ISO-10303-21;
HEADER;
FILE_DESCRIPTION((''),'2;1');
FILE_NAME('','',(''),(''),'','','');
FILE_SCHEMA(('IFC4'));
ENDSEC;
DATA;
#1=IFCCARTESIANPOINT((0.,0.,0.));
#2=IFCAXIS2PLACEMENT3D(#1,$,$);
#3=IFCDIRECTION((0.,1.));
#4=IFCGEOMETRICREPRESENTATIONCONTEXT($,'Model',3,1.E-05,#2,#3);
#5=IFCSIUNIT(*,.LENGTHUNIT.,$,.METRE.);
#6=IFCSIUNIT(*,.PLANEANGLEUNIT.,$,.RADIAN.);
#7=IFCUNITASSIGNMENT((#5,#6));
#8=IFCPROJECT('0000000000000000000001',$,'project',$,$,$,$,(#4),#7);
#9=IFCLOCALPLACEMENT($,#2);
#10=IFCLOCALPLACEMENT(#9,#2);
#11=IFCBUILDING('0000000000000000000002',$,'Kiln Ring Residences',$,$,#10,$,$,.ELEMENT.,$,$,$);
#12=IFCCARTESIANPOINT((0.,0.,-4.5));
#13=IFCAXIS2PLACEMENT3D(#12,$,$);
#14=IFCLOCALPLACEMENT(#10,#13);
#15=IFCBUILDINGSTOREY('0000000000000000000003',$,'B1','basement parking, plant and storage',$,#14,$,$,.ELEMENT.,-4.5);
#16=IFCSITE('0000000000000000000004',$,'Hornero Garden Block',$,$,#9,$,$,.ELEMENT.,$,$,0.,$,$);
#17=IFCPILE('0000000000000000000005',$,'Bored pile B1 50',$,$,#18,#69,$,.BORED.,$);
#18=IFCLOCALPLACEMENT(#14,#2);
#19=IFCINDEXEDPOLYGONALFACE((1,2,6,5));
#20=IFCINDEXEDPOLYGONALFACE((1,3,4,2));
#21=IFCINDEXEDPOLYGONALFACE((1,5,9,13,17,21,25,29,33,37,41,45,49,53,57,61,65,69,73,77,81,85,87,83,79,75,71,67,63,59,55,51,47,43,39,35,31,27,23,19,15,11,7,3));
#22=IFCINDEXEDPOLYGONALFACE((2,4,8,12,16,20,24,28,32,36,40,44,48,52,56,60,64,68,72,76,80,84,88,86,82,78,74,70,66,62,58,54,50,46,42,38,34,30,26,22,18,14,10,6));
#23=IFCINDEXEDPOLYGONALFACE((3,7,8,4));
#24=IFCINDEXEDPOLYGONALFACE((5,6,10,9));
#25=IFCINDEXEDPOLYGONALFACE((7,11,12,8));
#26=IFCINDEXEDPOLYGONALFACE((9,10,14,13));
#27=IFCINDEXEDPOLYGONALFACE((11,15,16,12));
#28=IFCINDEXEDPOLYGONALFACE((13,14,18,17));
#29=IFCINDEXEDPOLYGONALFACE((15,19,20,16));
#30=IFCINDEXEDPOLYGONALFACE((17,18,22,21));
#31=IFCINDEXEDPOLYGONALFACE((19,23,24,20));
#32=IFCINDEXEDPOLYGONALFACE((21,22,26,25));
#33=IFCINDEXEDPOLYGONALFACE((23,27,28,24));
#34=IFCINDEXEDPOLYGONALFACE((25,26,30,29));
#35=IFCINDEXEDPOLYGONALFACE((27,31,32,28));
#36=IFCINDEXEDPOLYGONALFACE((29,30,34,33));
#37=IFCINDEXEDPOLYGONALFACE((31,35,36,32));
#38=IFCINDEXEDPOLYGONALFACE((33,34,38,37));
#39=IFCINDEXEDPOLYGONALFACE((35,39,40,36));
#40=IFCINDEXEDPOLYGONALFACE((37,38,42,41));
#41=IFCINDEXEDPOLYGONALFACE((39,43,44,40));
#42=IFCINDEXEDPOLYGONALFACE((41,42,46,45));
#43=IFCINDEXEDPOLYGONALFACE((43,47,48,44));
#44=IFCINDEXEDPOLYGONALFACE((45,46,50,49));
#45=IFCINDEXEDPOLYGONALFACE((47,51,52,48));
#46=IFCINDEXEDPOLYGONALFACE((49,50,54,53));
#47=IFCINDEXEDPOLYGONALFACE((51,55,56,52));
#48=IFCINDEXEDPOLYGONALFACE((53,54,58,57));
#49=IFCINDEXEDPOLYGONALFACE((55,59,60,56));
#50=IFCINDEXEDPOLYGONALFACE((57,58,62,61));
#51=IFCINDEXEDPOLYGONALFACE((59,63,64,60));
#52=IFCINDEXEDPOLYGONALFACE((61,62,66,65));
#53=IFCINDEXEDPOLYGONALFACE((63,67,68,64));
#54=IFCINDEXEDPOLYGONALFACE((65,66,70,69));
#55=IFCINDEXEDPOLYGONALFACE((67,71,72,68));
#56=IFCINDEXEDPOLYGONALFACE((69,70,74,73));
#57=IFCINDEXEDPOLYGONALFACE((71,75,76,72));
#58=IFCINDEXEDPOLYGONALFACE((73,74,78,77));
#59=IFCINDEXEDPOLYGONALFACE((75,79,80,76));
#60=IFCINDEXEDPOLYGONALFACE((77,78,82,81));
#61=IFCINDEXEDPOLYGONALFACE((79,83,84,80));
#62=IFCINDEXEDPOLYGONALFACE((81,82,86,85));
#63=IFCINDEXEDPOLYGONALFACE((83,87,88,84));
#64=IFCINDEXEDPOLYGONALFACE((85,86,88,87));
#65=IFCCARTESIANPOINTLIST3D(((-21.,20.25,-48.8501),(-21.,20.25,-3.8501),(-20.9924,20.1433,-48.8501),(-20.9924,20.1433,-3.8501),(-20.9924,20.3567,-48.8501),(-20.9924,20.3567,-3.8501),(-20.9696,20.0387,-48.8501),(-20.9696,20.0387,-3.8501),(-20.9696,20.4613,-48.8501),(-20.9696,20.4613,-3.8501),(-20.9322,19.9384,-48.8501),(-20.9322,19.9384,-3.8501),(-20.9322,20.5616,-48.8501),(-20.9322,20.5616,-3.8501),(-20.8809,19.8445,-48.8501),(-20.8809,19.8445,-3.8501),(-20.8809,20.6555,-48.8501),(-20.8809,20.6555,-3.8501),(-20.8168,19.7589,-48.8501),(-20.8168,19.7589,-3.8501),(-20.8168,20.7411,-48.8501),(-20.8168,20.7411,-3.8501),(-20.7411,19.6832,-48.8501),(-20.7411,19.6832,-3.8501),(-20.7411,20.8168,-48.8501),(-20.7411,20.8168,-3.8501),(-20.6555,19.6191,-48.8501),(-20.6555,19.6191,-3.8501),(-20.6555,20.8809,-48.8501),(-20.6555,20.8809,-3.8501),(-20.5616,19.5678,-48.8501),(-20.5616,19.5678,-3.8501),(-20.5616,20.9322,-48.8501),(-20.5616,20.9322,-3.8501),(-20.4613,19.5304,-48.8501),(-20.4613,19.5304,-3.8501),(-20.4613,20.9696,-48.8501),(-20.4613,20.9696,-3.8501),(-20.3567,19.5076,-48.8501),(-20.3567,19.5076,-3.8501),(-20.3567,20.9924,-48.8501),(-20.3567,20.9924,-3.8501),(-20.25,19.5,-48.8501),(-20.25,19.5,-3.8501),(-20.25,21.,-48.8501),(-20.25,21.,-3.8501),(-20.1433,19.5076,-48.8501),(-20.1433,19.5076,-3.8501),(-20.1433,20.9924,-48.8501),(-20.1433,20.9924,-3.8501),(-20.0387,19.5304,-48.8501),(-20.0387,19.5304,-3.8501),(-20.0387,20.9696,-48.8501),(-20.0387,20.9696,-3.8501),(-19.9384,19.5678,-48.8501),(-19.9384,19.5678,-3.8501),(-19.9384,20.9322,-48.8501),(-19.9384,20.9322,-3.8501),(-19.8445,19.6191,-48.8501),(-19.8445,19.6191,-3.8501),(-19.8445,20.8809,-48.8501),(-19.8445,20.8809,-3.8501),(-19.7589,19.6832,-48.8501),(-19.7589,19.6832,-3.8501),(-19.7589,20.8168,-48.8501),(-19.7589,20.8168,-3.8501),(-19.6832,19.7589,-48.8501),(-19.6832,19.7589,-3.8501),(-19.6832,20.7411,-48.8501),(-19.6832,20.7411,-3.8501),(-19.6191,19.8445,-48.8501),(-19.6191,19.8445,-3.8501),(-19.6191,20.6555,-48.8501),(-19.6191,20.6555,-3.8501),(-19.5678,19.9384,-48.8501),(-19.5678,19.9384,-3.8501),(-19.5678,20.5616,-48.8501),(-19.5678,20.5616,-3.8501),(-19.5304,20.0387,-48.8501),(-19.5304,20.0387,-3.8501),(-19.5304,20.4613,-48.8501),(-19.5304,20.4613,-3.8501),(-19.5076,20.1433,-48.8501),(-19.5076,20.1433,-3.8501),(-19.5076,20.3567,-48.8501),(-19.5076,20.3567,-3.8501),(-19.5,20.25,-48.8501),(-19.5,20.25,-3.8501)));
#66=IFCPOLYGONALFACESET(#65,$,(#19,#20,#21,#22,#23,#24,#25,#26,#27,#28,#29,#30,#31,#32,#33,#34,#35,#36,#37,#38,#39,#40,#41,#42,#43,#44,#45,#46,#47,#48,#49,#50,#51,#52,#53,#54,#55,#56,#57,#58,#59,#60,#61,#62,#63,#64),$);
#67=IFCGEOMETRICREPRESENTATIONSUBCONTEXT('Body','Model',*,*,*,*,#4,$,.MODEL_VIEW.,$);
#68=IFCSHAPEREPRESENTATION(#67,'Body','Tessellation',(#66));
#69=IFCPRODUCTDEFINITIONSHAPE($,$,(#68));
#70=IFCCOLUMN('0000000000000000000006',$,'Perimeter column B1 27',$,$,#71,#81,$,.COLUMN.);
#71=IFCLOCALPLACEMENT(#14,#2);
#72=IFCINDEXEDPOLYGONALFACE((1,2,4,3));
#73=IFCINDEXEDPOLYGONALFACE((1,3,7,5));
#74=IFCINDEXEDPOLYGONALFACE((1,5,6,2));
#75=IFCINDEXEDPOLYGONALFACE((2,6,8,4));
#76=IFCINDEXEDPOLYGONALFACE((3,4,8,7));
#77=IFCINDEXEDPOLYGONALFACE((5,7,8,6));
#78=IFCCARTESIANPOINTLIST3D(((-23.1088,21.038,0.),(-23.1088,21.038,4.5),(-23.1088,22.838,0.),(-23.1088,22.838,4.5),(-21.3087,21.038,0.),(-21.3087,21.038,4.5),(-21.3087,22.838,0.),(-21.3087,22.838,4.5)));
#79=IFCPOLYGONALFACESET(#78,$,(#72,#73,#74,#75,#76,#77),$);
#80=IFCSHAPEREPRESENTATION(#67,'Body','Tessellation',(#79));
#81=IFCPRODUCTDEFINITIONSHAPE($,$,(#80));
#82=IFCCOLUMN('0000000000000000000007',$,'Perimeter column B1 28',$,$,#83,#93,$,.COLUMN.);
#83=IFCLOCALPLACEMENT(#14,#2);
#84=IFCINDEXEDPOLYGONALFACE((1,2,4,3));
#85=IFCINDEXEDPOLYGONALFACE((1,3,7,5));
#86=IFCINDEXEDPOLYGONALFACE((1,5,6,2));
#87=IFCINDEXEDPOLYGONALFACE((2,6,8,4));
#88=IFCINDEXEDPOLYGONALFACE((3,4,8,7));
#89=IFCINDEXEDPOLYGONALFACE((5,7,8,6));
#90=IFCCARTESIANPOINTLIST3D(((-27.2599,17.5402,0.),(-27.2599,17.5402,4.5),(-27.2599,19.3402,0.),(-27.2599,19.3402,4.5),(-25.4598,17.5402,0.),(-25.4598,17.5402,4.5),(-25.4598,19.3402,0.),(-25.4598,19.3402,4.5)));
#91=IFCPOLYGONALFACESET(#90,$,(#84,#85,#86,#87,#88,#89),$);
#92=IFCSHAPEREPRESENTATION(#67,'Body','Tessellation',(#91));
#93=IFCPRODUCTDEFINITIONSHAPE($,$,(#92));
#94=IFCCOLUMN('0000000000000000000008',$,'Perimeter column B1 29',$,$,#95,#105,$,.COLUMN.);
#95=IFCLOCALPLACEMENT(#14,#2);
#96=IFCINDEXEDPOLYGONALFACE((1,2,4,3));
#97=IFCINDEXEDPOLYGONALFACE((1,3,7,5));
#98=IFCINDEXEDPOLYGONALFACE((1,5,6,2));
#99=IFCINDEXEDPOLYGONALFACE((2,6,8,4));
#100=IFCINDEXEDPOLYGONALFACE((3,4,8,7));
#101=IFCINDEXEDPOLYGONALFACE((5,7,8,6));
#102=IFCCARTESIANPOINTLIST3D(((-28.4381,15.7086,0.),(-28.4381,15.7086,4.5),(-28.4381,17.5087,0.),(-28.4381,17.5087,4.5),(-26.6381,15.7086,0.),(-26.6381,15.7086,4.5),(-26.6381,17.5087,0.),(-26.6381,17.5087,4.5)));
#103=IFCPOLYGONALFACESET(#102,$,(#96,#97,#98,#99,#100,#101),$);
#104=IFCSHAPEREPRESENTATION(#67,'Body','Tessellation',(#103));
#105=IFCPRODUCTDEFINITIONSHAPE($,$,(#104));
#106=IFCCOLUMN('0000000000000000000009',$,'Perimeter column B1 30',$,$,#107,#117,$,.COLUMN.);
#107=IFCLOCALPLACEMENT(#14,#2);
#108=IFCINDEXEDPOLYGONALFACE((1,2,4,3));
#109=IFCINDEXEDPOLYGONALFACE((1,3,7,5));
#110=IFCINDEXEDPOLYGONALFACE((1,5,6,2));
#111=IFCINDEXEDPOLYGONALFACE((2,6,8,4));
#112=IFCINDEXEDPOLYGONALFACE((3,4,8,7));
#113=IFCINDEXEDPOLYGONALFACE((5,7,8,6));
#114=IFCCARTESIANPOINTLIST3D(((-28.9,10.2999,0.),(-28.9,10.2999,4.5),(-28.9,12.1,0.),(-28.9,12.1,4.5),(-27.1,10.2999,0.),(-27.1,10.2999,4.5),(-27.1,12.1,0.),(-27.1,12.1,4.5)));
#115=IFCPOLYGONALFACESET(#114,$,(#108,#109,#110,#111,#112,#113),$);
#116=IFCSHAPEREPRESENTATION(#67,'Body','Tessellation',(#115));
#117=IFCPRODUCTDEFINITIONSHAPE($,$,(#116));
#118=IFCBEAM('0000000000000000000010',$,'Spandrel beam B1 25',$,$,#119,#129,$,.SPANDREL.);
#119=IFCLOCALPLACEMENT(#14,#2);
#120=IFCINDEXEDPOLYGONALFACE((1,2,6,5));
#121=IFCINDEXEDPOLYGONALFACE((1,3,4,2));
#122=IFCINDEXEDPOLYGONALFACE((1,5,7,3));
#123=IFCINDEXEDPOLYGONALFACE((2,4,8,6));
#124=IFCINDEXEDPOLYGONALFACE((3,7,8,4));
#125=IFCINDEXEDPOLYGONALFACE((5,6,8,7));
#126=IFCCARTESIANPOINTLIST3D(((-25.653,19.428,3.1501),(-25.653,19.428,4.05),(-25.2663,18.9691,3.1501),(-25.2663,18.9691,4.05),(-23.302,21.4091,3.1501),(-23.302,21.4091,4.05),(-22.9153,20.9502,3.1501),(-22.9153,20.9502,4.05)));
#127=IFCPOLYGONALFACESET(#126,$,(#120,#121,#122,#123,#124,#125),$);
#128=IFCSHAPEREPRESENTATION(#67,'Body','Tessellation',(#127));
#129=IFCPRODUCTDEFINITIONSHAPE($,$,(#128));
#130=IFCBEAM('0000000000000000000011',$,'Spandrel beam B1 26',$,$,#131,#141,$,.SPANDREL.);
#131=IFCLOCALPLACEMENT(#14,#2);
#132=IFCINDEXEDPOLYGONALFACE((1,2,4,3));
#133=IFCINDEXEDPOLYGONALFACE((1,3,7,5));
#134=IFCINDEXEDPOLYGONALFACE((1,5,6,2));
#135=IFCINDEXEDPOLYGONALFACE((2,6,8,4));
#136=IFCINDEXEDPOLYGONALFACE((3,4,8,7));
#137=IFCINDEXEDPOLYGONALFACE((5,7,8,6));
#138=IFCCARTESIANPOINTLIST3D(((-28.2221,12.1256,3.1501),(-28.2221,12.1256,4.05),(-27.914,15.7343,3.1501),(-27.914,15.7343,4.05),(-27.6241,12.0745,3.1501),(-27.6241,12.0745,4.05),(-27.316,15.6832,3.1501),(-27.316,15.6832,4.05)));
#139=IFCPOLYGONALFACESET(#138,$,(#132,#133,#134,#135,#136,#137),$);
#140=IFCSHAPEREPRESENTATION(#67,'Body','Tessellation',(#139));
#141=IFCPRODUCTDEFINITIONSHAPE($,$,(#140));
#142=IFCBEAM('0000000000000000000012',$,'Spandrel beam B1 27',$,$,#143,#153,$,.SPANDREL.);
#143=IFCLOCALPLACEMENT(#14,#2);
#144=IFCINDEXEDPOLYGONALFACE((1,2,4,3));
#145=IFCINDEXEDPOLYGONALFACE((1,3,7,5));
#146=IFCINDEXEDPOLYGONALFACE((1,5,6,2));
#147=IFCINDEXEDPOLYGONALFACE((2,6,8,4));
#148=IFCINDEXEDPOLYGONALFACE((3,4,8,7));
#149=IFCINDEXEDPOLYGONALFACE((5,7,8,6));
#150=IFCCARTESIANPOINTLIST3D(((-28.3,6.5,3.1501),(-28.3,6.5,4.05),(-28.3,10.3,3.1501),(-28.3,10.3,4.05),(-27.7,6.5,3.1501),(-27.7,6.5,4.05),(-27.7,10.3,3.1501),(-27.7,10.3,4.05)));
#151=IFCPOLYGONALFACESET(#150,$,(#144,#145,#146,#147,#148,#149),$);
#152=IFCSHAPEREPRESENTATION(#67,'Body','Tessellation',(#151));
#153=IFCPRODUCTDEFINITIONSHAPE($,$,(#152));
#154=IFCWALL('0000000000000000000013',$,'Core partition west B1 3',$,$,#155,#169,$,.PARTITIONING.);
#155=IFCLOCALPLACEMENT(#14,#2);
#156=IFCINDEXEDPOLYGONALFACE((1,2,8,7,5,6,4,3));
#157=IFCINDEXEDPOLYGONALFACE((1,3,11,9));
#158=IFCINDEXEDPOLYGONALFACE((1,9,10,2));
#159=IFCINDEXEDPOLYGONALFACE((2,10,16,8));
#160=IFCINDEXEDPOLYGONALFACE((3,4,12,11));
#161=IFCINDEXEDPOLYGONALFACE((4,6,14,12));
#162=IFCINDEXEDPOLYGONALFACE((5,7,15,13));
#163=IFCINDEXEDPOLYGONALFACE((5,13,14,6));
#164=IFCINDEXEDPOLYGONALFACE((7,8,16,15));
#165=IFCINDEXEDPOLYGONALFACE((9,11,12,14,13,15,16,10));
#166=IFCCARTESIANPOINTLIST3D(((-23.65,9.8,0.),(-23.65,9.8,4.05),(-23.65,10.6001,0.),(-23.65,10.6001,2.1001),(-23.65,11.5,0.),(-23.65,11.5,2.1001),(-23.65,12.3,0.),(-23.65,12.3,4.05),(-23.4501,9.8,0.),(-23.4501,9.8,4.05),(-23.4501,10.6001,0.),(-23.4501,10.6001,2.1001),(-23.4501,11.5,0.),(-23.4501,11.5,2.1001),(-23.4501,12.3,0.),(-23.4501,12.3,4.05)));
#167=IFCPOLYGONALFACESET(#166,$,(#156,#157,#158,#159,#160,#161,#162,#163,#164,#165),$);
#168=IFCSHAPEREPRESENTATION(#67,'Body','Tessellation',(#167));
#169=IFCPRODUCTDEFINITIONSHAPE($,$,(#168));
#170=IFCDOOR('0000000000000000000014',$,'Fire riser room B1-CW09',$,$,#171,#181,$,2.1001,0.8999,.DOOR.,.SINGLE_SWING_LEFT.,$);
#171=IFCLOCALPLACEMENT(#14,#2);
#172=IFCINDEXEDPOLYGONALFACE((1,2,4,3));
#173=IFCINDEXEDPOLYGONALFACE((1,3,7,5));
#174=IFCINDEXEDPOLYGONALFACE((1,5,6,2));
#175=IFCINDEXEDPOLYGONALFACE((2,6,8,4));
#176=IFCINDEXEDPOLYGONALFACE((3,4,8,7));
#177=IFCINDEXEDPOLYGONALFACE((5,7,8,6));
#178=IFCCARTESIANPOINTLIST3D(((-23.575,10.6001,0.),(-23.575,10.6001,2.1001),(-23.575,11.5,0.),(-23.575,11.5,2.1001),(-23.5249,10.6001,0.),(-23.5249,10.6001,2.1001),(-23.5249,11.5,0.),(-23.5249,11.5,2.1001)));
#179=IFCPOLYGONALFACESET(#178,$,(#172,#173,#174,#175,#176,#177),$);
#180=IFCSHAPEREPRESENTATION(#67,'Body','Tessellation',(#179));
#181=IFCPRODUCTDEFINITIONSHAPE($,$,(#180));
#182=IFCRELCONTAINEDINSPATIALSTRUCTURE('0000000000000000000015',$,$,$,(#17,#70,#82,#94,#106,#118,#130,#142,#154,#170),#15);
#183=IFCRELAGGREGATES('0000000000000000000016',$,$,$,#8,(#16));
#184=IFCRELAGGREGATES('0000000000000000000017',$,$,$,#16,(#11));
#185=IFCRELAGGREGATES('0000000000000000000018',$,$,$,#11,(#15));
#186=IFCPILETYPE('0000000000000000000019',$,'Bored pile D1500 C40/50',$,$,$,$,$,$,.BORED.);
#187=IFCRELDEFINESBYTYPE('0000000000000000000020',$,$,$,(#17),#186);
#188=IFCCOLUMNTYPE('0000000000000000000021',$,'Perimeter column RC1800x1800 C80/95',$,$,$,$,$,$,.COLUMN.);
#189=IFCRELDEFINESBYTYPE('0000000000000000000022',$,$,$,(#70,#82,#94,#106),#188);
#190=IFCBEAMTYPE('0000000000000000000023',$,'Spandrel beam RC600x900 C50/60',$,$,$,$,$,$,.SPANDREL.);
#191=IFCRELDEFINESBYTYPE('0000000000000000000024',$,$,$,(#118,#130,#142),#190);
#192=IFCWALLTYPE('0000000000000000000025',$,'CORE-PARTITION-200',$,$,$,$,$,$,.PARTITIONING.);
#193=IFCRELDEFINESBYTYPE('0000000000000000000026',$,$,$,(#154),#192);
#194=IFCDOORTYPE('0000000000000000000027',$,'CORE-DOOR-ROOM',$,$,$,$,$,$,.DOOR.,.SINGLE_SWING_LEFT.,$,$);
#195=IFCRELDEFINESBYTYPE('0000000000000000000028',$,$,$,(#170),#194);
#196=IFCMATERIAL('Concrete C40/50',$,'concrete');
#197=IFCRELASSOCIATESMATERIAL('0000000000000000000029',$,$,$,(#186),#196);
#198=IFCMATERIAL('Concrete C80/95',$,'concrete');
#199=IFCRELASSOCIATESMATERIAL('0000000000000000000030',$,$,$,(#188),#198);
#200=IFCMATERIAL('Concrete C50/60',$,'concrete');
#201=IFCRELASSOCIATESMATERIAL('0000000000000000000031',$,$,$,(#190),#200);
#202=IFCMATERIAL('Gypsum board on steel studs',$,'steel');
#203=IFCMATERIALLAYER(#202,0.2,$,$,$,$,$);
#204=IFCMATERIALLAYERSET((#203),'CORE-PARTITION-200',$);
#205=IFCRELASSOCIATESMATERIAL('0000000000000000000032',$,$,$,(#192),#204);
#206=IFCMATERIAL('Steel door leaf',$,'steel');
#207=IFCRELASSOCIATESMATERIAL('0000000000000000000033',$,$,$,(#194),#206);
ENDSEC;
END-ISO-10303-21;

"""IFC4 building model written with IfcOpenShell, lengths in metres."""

from ifc_helpers import new_model, si_unit, direction, frame, frame_2d, origin, origin_2d, place, context, subcontext, project, spatial, rectangle, circle, extrude, material, layer, layer_set, material_profile, profile_set, type_object, element, fill, save


model = new_model("IFC4")

# Units and contexts
model_context = context("Model", 3, precision=1e-05, world=origin(), true_north=direction((0.0, 1.0)))
body_context = subcontext(model_context, "Body", "Model", "MODEL_VIEW")
ifc_project = project(units=[si_unit("LENGTHUNIT", "METRE"), si_unit("PLANEANGLEUNIT", "RADIAN")], contexts=[model_context])

# Site, building, storey
site_placement = place(None, origin())
site = spatial("IfcSite", under=ifc_project, at=site_placement, Name="Hornero Garden Block", CompositionType="ELEMENT", RefElevation=0.0)
building_placement = place(site_placement, origin())
building = spatial("IfcBuilding", under=site, at=building_placement, Name="Kiln Ring Residences", CompositionType="ELEMENT")
storey_placement = place(building_placement, frame((0.0, 0.0, -4.5)))
storey = spatial("IfcBuildingStorey", under=building, at=storey_placement, Name="B1", Description="basement parking, plant and storage", CompositionType="ELEMENT", Elevation=-4.5)

# Pile
ifc_material_1 = material(Name="Concrete C40/50", Category="concrete")
ifc_material_profile_1 = material_profile(ifc_material_1, circle(Radius=0.75, at=origin_2d()), Name="BORED1500")
ifc_profile_set_1 = profile_set([ifc_material_profile_1], Name="Concrete C40/50")
pile_type = type_object("IfcPileType", Name="Bored pile D1500 C40/50", PredefinedType="BORED", material=ifc_profile_set_1)
for number, where, z_axis, x_axis, name in (
    (1, (-20.25, 20.25, -3.8501), (0.0, 0.0, -1.0), (1.0, 0.0, 0.0), "Bored pile B1 50"),
):
    element("IfcPile", number, at=place(storey_placement, frame(where, z_axis=z_axis, x_axis=x_axis)), inside=storey, type_object=pile_type, Name=name, PredefinedType="BORED", context=body_context, shape_type="SweptSolid", body=[
        extrude(circle(Radius=0.75, at=origin_2d()), origin(), (0.0, 0.0, 1.0), 45.0),
    ])

# Columns
ifc_material_2 = material(Name="Concrete C80/95", Category="concrete")
ifc_material_profile_2 = material_profile(ifc_material_2, rectangle(XDim=1.8, YDim=1.8, at=origin_2d()), Name="RC1800x1800")
ifc_profile_set_2 = profile_set([ifc_material_profile_2], Name="Concrete C80/95")
column_type = type_object("IfcColumnType", Name="Perimeter column RC1800x1800 C80/95", PredefinedType="COLUMN", material=ifc_profile_set_2)
for number, where, z_axis, x_axis, name in (
    (2, (-22.2087, 21.938, 0.0), (0.0, 0.0, 1.0), (1.0, 0.0, 0.0), "Perimeter column B1 27"),
    (3, (-26.3599, 18.4402, 0.0), (0.0, 0.0, 1.0), (1.0, 0.0, 0.0), "Perimeter column B1 28"),
    (4, (-27.5381, 16.6086, 0.0), (0.0, 0.0, 1.0), (1.0, 0.0, 0.0), "Perimeter column B1 29"),
    (5, (-28.0, 11.2, 0.0), (0.0, 0.0, 1.0), (1.0, 0.0, 0.0), "Perimeter column B1 30"),
):
    element("IfcColumn", number, at=place(storey_placement, frame(where, z_axis=z_axis, x_axis=x_axis)), inside=storey, type_object=column_type, Name=name, PredefinedType="COLUMN", context=body_context, shape_type="SweptSolid", body=[
        extrude(rectangle(XDim=1.8, YDim=1.8, at=origin_2d()), origin(), (0.0, 0.0, 1.0), 4.5),
    ])

# Beams
ifc_material_3 = material(Name="Concrete C50/60", Category="concrete")
ifc_material_profile_3 = material_profile(ifc_material_3, rectangle(XDim=0.6001, YDim=0.8999, at=origin_2d()), Name="RC600x900")
ifc_profile_set_3 = profile_set([ifc_material_profile_3], Name="Concrete C50/60")
beam_type = type_object("IfcBeamType", Name="Spandrel beam RC600x900 C50/60", PredefinedType="SPANDREL", material=ifc_profile_set_3)
beam_1_placement = place(storey_placement, frame((-23.1086, 21.1797, 3.6001), z_axis=(-0.764695, -0.644392, 0.0), x_axis=(0.644392, -0.764695, 0.0)))
element("IfcBeam", 6, at=beam_1_placement, inside=storey, type_object=beam_type, Name="Spandrel beam B1 25", PredefinedType="SPANDREL", context=body_context, shape_type="SweptSolid", body=[
    extrude(rectangle(XDim=0.6001, YDim=0.8999, at=origin_2d()), origin(), (0.0, 0.0, 1.0), 3.0745),
])
beam_2_placement = place(storey_placement, frame((-27.615, 15.7087, 3.6001), z_axis=(-0.08507, -0.996375, 0.0), x_axis=(0.996375, -0.08507, 0.0)))
element("IfcBeam", 7, at=beam_2_placement, inside=storey, type_object=beam_type, Name="Spandrel beam B1 26", PredefinedType="SPANDREL", context=body_context, shape_type="SweptSolid", body=[
    extrude(rectangle(XDim=0.6001, YDim=0.8999, at=origin_2d()), origin(), (0.0, 0.0, 1.0), 3.6218),
])
beam_3_placement = place(storey_placement, frame((-28.0, 10.3, 3.6001), z_axis=(0.0, -1.0, 0.0), x_axis=(1.0, 0.0, 0.0)))
element("IfcBeam", 8, at=beam_3_placement, inside=storey, type_object=beam_type, Name="Spandrel beam B1 27", PredefinedType="SPANDREL", context=body_context, shape_type="SweptSolid", body=[
    extrude(rectangle(XDim=0.6001, YDim=0.8999, at=origin_2d()), origin(), (0.0, 0.0, 1.0), 3.8),
])

# Wall, opening, door
ifc_material_4 = material(Name="Gypsum board on steel studs", Category="steel")
ifc_layer_1 = layer(ifc_material_4, 0.2)
ifc_layer_set_1 = layer_set([ifc_layer_1], Name="CORE-PARTITION-200")
wall_type_1 = type_object("IfcWallType", Name="CORE-PARTITION-200", PredefinedType="PARTITIONING", material=ifc_layer_set_1)
wall_1_placement = place(storey_placement, frame((-23.55, 9.8, 0.0), z_axis=(0.0, 0.0, 1.0), x_axis=(0.0, 1.0, 0.0)))
wall_1 = element("IfcWall", 9, at=wall_1_placement, inside=storey, type_object=wall_type_1, Name="Core partition west B1 3", PredefinedType="PARTITIONING", context=body_context, shape_type="SweptSolid", body=[
    extrude(rectangle(XDim=2.5, YDim=0.2, at=frame_2d((1.25, 0.0))), origin(), (0.0, 0.0, 1.0), 4.05),
])
opening_1_placement = place(wall_1_placement, frame((0.8, 0.0, 0.0)))
opening_1 = element("IfcOpeningElement", 10, at=opening_1_placement, cuts=wall_1, PredefinedType="OPENING", context=body_context, shape_type="SweptSolid", body=[
    extrude(rectangle(XDim=0.8999, YDim=2.1001, at=frame_2d((0.45, 1.05))), frame((0.0, 0.1099, 0.0), z_axis=(0.0, -1.0, 0.0), x_axis=(1.0, 0.0, 0.0)), (0.0, 0.0, 1.0), 0.22),
])
ifc_material_5 = material(Name="Steel door leaf", Category="steel")
door_type_1 = type_object("IfcDoorType", Name="CORE-DOOR-ROOM", OperationType="SINGLE_SWING_LEFT", PredefinedType="DOOR", material=ifc_material_5)
door_1_placement = place(opening_1_placement, origin())
door_1 = element("IfcDoor", 11, at=door_1_placement, inside=storey, type_object=door_type_1, Name="Fire riser room B1-CW09", OperationType="SINGLE_SWING_LEFT", OverallHeight=2.1001, OverallWidth=0.8999, PredefinedType="DOOR", context=body_context, shape_type="SweptSolid", body=[
    extrude(rectangle(XDim=0.8999, YDim=2.1001, at=frame_2d((0.45, 1.05))), frame((0.0, 0.0249, 0.0), z_axis=(0.0, -1.0, 0.0), x_axis=(1.0, 0.0, 0.0)), (0.0, 0.0, 1.0), 0.05),
])
fill(opening_1, door_1)

save(model, "model.ifc")
